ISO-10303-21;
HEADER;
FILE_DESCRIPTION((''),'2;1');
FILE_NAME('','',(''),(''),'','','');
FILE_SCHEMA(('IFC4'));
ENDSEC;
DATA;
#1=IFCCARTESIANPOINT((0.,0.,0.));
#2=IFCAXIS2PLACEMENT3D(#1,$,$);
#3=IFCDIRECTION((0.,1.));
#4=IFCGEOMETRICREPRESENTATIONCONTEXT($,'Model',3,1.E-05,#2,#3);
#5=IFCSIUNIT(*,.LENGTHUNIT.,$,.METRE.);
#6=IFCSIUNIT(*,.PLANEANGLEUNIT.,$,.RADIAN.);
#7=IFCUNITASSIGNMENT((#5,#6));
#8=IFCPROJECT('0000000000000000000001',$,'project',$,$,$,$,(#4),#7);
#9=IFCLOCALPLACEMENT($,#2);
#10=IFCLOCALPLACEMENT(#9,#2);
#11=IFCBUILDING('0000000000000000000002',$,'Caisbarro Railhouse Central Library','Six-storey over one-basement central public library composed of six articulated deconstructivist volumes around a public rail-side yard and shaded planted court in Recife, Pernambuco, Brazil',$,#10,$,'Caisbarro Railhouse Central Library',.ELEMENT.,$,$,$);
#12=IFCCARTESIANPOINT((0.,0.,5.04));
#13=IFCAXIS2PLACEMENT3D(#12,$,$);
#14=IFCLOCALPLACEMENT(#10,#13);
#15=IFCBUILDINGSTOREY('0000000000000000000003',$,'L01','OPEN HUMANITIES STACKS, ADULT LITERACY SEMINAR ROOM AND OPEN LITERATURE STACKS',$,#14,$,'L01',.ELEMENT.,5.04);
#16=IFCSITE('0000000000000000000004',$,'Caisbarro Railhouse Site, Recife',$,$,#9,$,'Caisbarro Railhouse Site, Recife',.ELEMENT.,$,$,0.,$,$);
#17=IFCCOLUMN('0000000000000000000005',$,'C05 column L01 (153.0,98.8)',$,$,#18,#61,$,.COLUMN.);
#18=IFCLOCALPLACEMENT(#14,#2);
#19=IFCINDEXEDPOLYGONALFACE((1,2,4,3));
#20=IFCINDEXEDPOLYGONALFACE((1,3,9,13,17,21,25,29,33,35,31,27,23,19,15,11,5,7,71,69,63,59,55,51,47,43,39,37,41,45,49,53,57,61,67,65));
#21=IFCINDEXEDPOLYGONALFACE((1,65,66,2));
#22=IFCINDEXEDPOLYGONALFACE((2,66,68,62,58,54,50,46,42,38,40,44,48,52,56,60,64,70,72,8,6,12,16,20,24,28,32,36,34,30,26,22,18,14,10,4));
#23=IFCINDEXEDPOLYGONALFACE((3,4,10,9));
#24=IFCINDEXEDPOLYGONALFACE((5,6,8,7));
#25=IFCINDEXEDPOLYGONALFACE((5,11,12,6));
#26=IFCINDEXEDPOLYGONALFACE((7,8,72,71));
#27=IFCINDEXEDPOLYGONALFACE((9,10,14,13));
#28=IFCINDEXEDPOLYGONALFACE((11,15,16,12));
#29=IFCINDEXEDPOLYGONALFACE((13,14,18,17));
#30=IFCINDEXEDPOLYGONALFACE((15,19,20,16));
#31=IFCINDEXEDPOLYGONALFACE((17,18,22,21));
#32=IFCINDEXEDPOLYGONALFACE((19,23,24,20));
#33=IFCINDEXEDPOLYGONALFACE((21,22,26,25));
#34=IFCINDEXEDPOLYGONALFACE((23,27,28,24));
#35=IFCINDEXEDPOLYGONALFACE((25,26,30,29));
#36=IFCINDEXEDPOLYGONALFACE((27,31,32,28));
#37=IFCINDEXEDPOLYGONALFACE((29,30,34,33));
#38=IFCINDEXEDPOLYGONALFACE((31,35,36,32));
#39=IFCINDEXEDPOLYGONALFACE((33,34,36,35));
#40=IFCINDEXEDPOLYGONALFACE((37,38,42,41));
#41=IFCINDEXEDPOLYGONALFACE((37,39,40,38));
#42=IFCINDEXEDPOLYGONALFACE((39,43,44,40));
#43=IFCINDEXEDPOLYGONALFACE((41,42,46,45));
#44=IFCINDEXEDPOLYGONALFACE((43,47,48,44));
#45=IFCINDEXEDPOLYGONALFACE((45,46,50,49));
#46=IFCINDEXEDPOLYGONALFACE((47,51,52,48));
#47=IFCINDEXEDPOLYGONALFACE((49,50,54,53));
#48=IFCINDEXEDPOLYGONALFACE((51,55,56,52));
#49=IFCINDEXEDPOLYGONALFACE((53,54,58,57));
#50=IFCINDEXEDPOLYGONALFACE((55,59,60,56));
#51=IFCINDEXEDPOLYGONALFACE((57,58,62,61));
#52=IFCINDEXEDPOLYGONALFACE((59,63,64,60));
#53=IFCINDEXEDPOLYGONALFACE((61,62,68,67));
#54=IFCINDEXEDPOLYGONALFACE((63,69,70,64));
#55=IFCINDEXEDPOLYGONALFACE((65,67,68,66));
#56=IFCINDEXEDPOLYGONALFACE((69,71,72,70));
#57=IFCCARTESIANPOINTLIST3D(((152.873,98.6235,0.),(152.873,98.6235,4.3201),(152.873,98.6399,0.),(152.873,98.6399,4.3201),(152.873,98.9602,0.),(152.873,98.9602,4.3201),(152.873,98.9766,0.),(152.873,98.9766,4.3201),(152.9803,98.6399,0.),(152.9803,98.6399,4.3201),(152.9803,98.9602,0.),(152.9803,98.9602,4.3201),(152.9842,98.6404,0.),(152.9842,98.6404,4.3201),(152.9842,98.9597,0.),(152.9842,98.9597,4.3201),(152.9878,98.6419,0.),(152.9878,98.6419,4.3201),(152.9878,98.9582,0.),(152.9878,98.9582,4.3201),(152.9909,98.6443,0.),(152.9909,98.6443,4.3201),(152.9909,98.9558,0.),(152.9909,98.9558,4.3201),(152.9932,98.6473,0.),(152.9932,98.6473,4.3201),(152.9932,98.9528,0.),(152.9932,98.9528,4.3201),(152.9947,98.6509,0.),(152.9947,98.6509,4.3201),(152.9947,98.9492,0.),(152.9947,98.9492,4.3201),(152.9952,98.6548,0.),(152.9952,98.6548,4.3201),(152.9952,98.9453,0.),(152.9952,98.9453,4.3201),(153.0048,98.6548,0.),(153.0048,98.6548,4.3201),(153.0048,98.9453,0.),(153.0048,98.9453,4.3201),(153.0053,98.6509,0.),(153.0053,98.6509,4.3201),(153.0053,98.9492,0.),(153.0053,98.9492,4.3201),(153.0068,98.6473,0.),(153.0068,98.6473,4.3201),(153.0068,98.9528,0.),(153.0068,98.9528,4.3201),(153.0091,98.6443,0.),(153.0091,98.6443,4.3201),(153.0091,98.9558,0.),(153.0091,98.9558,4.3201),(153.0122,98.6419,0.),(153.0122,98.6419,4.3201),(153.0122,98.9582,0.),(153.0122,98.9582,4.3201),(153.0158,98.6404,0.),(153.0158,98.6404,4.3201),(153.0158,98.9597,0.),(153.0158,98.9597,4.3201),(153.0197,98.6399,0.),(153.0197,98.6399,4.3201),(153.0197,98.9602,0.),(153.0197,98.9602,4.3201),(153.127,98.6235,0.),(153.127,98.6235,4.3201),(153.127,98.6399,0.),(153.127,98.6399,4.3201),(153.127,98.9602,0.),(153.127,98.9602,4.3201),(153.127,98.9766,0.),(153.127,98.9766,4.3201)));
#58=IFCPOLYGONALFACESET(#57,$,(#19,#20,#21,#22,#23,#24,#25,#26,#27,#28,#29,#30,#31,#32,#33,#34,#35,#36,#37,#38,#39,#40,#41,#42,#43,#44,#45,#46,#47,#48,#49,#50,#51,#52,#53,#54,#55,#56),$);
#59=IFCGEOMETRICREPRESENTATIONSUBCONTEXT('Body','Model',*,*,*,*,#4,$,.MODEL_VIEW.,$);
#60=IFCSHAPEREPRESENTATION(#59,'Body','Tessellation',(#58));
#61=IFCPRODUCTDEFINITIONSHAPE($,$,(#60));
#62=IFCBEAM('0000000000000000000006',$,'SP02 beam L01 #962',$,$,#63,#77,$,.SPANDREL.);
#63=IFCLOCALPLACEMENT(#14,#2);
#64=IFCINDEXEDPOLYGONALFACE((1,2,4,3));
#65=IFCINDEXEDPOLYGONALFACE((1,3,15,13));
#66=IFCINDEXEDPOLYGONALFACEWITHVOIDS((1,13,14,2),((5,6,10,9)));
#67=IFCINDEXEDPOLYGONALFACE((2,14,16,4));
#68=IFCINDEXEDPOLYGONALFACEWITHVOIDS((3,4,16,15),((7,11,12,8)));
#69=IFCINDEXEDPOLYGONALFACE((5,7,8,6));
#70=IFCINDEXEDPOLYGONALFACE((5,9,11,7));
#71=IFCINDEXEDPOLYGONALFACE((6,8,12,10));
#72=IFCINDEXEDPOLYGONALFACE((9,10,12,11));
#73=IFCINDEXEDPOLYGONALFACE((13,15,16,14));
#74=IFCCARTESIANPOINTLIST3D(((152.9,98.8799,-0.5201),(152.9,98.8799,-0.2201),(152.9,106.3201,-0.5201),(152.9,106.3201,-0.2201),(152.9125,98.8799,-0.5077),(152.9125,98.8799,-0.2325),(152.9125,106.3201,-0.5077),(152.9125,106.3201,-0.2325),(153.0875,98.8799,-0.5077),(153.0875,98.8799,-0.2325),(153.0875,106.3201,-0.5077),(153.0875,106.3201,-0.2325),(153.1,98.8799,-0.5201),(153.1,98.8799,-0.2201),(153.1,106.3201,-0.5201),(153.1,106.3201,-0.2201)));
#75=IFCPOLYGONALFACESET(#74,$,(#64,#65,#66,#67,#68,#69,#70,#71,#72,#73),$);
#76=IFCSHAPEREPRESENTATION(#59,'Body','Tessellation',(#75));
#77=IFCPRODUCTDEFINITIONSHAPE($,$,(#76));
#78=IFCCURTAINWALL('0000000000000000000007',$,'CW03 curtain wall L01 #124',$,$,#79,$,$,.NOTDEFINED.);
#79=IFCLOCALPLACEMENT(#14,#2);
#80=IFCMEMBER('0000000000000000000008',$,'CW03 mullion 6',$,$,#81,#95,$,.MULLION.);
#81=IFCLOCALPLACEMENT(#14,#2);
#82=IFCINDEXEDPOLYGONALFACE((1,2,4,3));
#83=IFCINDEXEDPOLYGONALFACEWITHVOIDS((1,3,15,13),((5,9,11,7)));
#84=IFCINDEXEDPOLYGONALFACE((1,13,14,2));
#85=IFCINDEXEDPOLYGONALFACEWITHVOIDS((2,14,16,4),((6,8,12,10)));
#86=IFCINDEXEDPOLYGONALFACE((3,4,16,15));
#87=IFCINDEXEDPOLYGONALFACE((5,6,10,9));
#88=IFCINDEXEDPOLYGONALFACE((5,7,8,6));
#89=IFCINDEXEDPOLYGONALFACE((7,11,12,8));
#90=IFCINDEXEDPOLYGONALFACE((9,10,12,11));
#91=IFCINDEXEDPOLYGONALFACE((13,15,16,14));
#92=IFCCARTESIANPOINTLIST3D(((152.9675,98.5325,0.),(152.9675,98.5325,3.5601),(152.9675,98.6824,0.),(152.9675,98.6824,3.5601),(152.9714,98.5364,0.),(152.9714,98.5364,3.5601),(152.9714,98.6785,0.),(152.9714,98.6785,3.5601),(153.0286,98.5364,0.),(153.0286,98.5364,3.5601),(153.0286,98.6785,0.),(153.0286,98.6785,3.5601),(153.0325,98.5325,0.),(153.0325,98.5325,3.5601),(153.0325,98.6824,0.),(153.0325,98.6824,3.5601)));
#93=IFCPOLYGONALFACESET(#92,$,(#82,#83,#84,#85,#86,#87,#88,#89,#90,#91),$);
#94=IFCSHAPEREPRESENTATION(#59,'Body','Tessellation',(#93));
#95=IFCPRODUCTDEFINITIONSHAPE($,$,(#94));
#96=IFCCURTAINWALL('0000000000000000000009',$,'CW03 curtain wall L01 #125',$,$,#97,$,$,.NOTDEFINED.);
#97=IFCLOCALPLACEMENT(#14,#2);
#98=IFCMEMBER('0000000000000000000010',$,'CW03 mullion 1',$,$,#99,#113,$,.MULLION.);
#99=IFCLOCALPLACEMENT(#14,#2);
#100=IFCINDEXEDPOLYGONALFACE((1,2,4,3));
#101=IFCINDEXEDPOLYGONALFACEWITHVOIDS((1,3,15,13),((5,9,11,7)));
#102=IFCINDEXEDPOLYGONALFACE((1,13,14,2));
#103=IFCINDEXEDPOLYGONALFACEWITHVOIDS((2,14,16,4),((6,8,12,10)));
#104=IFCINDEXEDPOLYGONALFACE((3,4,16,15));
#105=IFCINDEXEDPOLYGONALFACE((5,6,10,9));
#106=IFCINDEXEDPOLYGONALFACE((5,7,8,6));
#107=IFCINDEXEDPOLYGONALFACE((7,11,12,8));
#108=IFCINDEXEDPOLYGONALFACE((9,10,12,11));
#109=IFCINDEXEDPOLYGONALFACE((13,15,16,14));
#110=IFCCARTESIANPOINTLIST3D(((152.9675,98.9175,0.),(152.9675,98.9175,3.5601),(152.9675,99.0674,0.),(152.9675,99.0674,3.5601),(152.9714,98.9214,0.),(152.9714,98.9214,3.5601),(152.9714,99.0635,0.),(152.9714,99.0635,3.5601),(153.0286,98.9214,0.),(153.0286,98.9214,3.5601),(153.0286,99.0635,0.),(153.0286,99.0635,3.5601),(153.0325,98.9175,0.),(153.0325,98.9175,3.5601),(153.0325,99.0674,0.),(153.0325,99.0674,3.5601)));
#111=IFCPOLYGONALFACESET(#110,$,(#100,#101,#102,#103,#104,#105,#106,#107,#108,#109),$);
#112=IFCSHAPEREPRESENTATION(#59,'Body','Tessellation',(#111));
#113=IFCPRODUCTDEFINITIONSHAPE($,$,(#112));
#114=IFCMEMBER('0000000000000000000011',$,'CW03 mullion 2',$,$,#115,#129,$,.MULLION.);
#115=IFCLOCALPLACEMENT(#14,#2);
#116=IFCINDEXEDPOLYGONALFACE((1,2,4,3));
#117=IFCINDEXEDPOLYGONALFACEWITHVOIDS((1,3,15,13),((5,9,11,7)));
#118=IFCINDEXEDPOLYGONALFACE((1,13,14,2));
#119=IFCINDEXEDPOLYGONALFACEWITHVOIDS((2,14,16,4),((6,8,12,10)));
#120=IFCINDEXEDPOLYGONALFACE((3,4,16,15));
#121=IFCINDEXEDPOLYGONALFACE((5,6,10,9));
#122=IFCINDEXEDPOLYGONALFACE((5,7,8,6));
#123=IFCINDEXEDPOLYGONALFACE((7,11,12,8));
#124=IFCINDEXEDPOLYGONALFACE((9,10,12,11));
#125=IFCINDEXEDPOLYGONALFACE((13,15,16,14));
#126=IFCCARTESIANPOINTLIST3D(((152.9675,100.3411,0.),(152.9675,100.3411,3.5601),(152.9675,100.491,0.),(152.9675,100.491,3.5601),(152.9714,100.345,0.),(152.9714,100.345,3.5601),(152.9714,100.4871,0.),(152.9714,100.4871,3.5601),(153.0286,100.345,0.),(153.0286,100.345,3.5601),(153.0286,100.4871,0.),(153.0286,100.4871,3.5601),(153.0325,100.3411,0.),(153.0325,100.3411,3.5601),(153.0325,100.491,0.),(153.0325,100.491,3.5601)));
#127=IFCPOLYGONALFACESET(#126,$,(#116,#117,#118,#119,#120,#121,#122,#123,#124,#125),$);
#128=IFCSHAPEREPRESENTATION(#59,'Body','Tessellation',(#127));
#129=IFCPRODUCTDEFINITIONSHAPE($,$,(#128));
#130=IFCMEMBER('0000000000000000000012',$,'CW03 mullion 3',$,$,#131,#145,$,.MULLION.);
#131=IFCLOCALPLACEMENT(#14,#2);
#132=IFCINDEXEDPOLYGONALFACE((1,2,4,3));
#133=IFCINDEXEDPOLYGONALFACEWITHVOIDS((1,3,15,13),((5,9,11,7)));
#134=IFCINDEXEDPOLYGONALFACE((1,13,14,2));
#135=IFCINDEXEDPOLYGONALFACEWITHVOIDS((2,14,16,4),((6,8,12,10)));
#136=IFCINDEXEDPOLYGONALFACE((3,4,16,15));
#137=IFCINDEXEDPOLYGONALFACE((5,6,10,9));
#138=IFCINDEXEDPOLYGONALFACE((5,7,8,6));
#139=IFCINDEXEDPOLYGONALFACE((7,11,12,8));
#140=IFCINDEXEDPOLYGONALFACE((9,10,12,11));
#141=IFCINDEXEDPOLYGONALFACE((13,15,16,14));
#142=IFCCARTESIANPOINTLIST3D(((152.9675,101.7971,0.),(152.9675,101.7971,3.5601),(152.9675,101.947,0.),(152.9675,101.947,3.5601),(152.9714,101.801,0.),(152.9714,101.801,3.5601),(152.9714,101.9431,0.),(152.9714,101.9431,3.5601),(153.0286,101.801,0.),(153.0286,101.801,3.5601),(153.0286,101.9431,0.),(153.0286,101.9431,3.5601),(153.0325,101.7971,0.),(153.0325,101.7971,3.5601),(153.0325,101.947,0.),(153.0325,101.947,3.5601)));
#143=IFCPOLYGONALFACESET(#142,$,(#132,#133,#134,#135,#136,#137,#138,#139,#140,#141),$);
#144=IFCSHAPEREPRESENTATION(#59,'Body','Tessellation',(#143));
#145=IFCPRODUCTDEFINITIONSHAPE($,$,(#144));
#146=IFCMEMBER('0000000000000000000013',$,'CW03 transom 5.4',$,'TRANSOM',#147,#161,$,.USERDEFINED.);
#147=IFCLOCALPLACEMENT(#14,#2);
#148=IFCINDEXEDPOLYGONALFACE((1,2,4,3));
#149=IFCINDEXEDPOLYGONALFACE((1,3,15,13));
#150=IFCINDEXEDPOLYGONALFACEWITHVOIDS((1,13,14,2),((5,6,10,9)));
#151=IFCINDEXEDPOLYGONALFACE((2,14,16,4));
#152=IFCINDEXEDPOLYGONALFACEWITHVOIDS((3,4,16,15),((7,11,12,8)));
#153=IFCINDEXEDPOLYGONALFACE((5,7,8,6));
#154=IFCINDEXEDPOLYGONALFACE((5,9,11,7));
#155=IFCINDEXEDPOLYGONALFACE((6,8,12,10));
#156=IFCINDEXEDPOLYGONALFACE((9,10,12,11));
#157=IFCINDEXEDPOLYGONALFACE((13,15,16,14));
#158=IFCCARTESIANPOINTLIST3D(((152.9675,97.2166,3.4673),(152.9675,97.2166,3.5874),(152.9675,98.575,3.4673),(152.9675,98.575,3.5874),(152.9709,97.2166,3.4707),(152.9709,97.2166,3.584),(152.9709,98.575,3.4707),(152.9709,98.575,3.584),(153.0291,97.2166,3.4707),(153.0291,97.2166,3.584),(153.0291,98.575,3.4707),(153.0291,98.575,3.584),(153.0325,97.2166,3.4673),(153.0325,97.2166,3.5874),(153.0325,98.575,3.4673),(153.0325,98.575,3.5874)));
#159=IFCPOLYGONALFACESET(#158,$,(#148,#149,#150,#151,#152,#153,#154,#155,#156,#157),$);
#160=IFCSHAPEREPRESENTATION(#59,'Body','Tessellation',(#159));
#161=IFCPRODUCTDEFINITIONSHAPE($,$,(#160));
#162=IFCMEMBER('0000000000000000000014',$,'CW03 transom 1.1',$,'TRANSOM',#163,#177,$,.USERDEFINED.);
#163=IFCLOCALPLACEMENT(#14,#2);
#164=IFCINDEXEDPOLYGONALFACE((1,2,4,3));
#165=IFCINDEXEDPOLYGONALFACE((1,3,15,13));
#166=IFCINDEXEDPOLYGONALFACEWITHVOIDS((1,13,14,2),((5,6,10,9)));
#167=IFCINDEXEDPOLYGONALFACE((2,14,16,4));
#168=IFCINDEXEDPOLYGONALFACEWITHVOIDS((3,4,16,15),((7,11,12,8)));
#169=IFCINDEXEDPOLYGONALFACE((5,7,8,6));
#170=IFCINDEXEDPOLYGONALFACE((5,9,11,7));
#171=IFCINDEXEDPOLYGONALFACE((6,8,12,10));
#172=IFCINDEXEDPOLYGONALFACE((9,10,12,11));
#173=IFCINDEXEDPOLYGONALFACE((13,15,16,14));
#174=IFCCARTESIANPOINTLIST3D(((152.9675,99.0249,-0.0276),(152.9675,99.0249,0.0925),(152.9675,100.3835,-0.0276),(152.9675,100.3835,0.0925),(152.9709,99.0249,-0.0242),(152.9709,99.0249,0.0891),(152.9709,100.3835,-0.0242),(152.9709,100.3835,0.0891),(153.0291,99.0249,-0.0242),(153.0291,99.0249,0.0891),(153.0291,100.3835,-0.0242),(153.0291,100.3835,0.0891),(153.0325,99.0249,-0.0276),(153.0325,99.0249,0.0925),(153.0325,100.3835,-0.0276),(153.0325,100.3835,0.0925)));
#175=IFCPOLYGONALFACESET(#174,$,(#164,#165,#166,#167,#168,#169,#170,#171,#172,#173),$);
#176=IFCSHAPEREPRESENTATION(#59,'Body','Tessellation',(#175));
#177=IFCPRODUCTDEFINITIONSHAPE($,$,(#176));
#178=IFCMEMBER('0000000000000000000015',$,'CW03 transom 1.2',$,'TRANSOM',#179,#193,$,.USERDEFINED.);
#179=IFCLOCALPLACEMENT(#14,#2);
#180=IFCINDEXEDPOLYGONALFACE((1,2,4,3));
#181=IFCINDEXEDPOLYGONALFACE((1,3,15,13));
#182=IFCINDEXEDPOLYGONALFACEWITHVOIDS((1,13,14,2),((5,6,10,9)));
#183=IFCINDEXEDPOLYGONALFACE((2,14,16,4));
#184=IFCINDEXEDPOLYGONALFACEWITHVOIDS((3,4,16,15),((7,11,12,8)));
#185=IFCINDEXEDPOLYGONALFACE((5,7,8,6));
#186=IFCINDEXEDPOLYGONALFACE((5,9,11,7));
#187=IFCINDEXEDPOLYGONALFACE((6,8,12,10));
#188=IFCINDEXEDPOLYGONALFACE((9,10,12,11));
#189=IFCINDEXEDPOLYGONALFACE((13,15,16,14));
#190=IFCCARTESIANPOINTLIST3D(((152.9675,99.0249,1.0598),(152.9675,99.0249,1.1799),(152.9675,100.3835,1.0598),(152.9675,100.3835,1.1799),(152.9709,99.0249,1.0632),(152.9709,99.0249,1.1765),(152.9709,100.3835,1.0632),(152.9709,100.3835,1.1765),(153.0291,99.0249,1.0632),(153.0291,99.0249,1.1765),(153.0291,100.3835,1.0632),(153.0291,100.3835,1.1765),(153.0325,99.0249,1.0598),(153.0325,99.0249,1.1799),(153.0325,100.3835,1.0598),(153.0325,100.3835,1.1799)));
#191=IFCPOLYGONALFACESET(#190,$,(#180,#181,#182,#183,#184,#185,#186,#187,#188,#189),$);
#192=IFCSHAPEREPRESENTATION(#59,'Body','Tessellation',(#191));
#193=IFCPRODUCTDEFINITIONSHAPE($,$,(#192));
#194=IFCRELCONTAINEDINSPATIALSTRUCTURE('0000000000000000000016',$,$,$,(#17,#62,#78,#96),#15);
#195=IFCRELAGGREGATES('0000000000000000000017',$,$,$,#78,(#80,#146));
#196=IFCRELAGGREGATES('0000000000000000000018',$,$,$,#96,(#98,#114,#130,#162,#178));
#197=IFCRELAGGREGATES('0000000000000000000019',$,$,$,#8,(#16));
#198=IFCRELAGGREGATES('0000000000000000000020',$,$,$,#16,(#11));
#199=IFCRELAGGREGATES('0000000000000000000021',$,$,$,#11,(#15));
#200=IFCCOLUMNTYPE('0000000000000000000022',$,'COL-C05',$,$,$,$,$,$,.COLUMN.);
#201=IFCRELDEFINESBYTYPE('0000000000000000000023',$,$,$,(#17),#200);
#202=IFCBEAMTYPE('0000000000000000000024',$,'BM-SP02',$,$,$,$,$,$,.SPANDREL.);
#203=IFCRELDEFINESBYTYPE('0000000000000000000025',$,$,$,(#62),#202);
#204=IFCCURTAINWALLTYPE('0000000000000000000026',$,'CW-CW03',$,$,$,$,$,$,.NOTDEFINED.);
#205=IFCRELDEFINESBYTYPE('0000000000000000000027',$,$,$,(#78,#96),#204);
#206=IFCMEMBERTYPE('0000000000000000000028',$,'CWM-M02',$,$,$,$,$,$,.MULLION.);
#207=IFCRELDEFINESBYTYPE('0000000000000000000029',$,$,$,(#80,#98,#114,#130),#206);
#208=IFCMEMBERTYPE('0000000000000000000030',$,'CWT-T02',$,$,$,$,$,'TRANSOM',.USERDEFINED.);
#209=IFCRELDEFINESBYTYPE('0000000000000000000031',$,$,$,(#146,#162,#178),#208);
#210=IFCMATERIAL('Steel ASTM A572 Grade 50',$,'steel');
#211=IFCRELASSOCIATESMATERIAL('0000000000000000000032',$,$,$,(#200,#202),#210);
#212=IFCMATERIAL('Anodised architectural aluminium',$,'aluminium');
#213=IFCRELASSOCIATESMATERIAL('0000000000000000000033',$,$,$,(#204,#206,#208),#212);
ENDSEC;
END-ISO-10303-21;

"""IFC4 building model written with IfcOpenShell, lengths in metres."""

from ifc_helpers import new_model, si_unit, direction, frame, origin, origin_2d, place, context, subcontext, project, spatial, hollow_rectangle, i_section, extrude, material, material_profile, profile_set, type_object, element, aggregate, save


model = new_model("IFC4")

# Units and contexts
model_context = context("Model", 3, precision=1e-05, world=origin(), true_north=direction((0.0, 1.0)))
body_context = subcontext(model_context, "Body", "Model", "MODEL_VIEW")
ifc_project = project(units=[si_unit("LENGTHUNIT", "METRE"), si_unit("PLANEANGLEUNIT", "RADIAN")], contexts=[model_context])

# Site, building, storey
site_placement = place(None, origin())
site = spatial("IfcSite", under=ifc_project, at=site_placement, Name="Caisbarro Railhouse Site, Recife", LongName="Caisbarro Railhouse Site, Recife", CompositionType="ELEMENT", RefElevation=0.0)
building_placement = place(site_placement, origin())
building = spatial("IfcBuilding", under=site, at=building_placement, Name="Caisbarro Railhouse Central Library", Description="Six-storey over one-basement central public library composed of six articulated deconstructivist volumes around a public rail-side yard and shaded planted court in Recife, Pernambuco, Brazil", LongName="Caisbarro Railhouse Central Library", CompositionType="ELEMENT")
storey_placement = place(building_placement, frame((0.0, 0.0, 5.04)))
storey = spatial("IfcBuildingStorey", under=building, at=storey_placement, Name="L01", Description="OPEN HUMANITIES STACKS, ADULT LITERACY SEMINAR ROOM AND OPEN LITERATURE STACKS", LongName="L01", CompositionType="ELEMENT", Elevation=5.04)

# Column
ifc_material_1 = material(Name="Steel ASTM A572 Grade 50", Category="steel")
ifc_material_profile_1 = material_profile(ifc_material_1, i_section(OverallWidth=0.2539, OverallDepth=0.353, WebThickness=0.0095, FlangeThickness=0.0164, FilletRadius=0.0149, at=origin_2d()), Name="W360X91.0")
ifc_profile_set_1 = profile_set([ifc_material_profile_1], Name="Steel ASTM A572 Grade 50")
column_type = type_object("IfcColumnType", Name="COL-C05", PredefinedType="COLUMN", material=ifc_profile_set_1)
column_placement = place(storey_placement, frame((153.0, 98.8, 0.0), z_axis=(0.0, 0.0, 1.0), x_axis=(1.0, 0.0, 0.0)))
element("IfcColumn", 1, at=column_placement, inside=storey, type_object=column_type, Name="C05 column L01 (153.0,98.8)", PredefinedType="COLUMN", context=body_context, shape_type="SweptSolid", body=[
    extrude(i_section(OverallWidth=0.2539, OverallDepth=0.353, WebThickness=0.0095, FlangeThickness=0.0164, FilletRadius=0.0149, at=origin_2d()), origin(), (0.0, 0.0, 1.0), 4.3201),
])

# Beam
ifc_material_profile_2 = material_profile(ifc_material_1, hollow_rectangle(XDim=0.2, YDim=0.3, WallThickness=0.0125, at=origin_2d()), Name="HSS300X200X12.5")
ifc_profile_set_2 = profile_set([ifc_material_profile_2], Name="Steel ASTM A572 Grade 50")
beam_type = type_object("IfcBeamType", Name="BM-SP02", PredefinedType="SPANDREL", material=ifc_profile_set_2)
beam_placement = place(storey_placement, frame((153.0, 98.8799, -0.3701), z_axis=(0.0, 1.0, 0.0), x_axis=(-1.0, 0.0, 0.0)))
element("IfcBeam", 2, at=beam_placement, inside=storey, type_object=beam_type, Name="SP02 beam L01 #962", PredefinedType="SPANDREL", context=body_context, shape_type="SweptSolid", body=[
    extrude(hollow_rectangle(XDim=0.2, YDim=0.3, WallThickness=0.0125, at=origin_2d()), origin(), (0.0, 0.0, 1.0), 7.4402),
])

# Curtain wall, member
ifc_material_2 = material(Name="Anodised architectural aluminium", Category="aluminium")
curtain_wall_type = type_object("IfcCurtainWallType", Name="CW-CW03", PredefinedType="NOTDEFINED", material=ifc_material_2)
curtain_wall_1_placement = place(storey_placement, origin())
curtain_wall_1 = element("IfcCurtainWall", 3, at=curtain_wall_1_placement, inside=storey, type_object=curtain_wall_type, Name="CW03 curtain wall L01 #124", PredefinedType="NOTDEFINED")
ifc_material_profile_3 = material_profile(ifc_material_2, hollow_rectangle(XDim=0.0649, YDim=0.1499, WallThickness=0.0039, at=origin_2d()), Name="ALU-MUL-65X150")
ifc_profile_set_3 = profile_set([ifc_material_profile_3], Name="Anodised architectural aluminium")
member_type_1 = type_object("IfcMemberType", Name="CWM-M02", PredefinedType="MULLION", material=ifc_profile_set_3)
member_1_placement = place(storey_placement, frame((153.0, 98.6074, 0.0), z_axis=(0.0, 0.0, 1.0), x_axis=(-1.0, 0.0, 0.0)))
member_1 = element("IfcMember", 4, at=member_1_placement, type_object=member_type_1, Name="CW03 mullion 6", PredefinedType="MULLION", context=body_context, shape_type="SweptSolid", body=[
    extrude(hollow_rectangle(XDim=0.0649, YDim=0.1499, WallThickness=0.0039, at=origin_2d()), origin(), (0.0, 0.0, 1.0), 3.5601),
])

# Curtain wall, members
curtain_wall_2_placement = place(storey_placement, origin())
curtain_wall_2 = element("IfcCurtainWall", 5, at=curtain_wall_2_placement, inside=storey, type_object=curtain_wall_type, Name="CW03 curtain wall L01 #125", PredefinedType="NOTDEFINED")
member_2_placement = place(storey_placement, frame((153.0, 98.9924, 0.0), z_axis=(0.0, 0.0, 1.0), x_axis=(-1.0, 0.0, 0.0)))
member_2 = element("IfcMember", 6, at=member_2_placement, type_object=member_type_1, Name="CW03 mullion 1", PredefinedType="MULLION", context=body_context, shape_type="SweptSolid", body=[
    extrude(hollow_rectangle(XDim=0.0649, YDim=0.1499, WallThickness=0.0039, at=origin_2d()), origin(), (0.0, 0.0, 1.0), 3.5601),
])
member_3_placement = place(storey_placement, frame((153.0, 100.416, 0.0), z_axis=(0.0, 0.0, 1.0), x_axis=(-1.0, 0.0, 0.0)))
member_3 = element("IfcMember", 7, at=member_3_placement, type_object=member_type_1, Name="CW03 mullion 2", PredefinedType="MULLION", context=body_context, shape_type="SweptSolid", body=[
    extrude(hollow_rectangle(XDim=0.0649, YDim=0.1499, WallThickness=0.0039, at=origin_2d()), origin(), (0.0, 0.0, 1.0), 3.5601),
])
member_4_placement = place(storey_placement, frame((153.0, 101.8721, 0.0), z_axis=(0.0, 0.0, 1.0), x_axis=(-1.0, 0.0, 0.0)))
member_4 = element("IfcMember", 8, at=member_4_placement, type_object=member_type_1, Name="CW03 mullion 3", PredefinedType="MULLION", context=body_context, shape_type="SweptSolid", body=[
    extrude(hollow_rectangle(XDim=0.0649, YDim=0.1499, WallThickness=0.0039, at=origin_2d()), origin(), (0.0, 0.0, 1.0), 3.5601),
])

# Members
ifc_material_profile_4 = material_profile(ifc_material_2, hollow_rectangle(XDim=0.0649, YDim=0.1201, WallThickness=0.0034, at=origin_2d()), Name="ALU-TRN-65X120")
ifc_profile_set_4 = profile_set([ifc_material_profile_4], Name="Anodised architectural aluminium")
member_type_2 = type_object("IfcMemberType", Name="CWT-T02", ElementType="TRANSOM", PredefinedType="USERDEFINED", material=ifc_profile_set_4)
member_5_placement = place(storey_placement, frame((153.0, 97.2166, 3.5273), z_axis=(0.0, 1.0, 0.0), x_axis=(-1.0, 0.0, 0.0)))
member_5 = element("IfcMember", 9, at=member_5_placement, type_object=member_type_2, Name="CW03 transom 5.4", ObjectType="TRANSOM", PredefinedType="USERDEFINED", context=body_context, shape_type="SweptSolid", body=[
    extrude(hollow_rectangle(XDim=0.0649, YDim=0.1201, WallThickness=0.0034, at=origin_2d()), origin(), (0.0, 0.0, 1.0), 1.3584),
])
member_6_placement = place(storey_placement, frame((153.0, 99.0249, 0.0325), z_axis=(0.0, 1.0, 0.0), x_axis=(-1.0, 0.0, 0.0)))
member_6 = element("IfcMember", 10, at=member_6_placement, type_object=member_type_2, Name="CW03 transom 1.1", ObjectType="TRANSOM", PredefinedType="USERDEFINED", context=body_context, shape_type="SweptSolid", body=[
    extrude(hollow_rectangle(XDim=0.0649, YDim=0.1201, WallThickness=0.0034, at=origin_2d()), origin(), (0.0, 0.0, 1.0), 1.3586),
])
member_7_placement = place(storey_placement, frame((153.0, 99.0249, 1.1199), z_axis=(0.0, 1.0, 0.0), x_axis=(-1.0, 0.0, 0.0)))
member_7 = element("IfcMember", 11, at=member_7_placement, type_object=member_type_2, Name="CW03 transom 1.2", ObjectType="TRANSOM", PredefinedType="USERDEFINED", context=body_context, shape_type="SweptSolid", body=[
    extrude(hollow_rectangle(XDim=0.0649, YDim=0.1201, WallThickness=0.0034, at=origin_2d()), origin(), (0.0, 0.0, 1.0), 1.3586),
])

aggregate(curtain_wall_1, [member_1, member_5])
aggregate(curtain_wall_2, [member_2, member_3, member_4, member_6, member_7])

save(model, "model.ifc")
